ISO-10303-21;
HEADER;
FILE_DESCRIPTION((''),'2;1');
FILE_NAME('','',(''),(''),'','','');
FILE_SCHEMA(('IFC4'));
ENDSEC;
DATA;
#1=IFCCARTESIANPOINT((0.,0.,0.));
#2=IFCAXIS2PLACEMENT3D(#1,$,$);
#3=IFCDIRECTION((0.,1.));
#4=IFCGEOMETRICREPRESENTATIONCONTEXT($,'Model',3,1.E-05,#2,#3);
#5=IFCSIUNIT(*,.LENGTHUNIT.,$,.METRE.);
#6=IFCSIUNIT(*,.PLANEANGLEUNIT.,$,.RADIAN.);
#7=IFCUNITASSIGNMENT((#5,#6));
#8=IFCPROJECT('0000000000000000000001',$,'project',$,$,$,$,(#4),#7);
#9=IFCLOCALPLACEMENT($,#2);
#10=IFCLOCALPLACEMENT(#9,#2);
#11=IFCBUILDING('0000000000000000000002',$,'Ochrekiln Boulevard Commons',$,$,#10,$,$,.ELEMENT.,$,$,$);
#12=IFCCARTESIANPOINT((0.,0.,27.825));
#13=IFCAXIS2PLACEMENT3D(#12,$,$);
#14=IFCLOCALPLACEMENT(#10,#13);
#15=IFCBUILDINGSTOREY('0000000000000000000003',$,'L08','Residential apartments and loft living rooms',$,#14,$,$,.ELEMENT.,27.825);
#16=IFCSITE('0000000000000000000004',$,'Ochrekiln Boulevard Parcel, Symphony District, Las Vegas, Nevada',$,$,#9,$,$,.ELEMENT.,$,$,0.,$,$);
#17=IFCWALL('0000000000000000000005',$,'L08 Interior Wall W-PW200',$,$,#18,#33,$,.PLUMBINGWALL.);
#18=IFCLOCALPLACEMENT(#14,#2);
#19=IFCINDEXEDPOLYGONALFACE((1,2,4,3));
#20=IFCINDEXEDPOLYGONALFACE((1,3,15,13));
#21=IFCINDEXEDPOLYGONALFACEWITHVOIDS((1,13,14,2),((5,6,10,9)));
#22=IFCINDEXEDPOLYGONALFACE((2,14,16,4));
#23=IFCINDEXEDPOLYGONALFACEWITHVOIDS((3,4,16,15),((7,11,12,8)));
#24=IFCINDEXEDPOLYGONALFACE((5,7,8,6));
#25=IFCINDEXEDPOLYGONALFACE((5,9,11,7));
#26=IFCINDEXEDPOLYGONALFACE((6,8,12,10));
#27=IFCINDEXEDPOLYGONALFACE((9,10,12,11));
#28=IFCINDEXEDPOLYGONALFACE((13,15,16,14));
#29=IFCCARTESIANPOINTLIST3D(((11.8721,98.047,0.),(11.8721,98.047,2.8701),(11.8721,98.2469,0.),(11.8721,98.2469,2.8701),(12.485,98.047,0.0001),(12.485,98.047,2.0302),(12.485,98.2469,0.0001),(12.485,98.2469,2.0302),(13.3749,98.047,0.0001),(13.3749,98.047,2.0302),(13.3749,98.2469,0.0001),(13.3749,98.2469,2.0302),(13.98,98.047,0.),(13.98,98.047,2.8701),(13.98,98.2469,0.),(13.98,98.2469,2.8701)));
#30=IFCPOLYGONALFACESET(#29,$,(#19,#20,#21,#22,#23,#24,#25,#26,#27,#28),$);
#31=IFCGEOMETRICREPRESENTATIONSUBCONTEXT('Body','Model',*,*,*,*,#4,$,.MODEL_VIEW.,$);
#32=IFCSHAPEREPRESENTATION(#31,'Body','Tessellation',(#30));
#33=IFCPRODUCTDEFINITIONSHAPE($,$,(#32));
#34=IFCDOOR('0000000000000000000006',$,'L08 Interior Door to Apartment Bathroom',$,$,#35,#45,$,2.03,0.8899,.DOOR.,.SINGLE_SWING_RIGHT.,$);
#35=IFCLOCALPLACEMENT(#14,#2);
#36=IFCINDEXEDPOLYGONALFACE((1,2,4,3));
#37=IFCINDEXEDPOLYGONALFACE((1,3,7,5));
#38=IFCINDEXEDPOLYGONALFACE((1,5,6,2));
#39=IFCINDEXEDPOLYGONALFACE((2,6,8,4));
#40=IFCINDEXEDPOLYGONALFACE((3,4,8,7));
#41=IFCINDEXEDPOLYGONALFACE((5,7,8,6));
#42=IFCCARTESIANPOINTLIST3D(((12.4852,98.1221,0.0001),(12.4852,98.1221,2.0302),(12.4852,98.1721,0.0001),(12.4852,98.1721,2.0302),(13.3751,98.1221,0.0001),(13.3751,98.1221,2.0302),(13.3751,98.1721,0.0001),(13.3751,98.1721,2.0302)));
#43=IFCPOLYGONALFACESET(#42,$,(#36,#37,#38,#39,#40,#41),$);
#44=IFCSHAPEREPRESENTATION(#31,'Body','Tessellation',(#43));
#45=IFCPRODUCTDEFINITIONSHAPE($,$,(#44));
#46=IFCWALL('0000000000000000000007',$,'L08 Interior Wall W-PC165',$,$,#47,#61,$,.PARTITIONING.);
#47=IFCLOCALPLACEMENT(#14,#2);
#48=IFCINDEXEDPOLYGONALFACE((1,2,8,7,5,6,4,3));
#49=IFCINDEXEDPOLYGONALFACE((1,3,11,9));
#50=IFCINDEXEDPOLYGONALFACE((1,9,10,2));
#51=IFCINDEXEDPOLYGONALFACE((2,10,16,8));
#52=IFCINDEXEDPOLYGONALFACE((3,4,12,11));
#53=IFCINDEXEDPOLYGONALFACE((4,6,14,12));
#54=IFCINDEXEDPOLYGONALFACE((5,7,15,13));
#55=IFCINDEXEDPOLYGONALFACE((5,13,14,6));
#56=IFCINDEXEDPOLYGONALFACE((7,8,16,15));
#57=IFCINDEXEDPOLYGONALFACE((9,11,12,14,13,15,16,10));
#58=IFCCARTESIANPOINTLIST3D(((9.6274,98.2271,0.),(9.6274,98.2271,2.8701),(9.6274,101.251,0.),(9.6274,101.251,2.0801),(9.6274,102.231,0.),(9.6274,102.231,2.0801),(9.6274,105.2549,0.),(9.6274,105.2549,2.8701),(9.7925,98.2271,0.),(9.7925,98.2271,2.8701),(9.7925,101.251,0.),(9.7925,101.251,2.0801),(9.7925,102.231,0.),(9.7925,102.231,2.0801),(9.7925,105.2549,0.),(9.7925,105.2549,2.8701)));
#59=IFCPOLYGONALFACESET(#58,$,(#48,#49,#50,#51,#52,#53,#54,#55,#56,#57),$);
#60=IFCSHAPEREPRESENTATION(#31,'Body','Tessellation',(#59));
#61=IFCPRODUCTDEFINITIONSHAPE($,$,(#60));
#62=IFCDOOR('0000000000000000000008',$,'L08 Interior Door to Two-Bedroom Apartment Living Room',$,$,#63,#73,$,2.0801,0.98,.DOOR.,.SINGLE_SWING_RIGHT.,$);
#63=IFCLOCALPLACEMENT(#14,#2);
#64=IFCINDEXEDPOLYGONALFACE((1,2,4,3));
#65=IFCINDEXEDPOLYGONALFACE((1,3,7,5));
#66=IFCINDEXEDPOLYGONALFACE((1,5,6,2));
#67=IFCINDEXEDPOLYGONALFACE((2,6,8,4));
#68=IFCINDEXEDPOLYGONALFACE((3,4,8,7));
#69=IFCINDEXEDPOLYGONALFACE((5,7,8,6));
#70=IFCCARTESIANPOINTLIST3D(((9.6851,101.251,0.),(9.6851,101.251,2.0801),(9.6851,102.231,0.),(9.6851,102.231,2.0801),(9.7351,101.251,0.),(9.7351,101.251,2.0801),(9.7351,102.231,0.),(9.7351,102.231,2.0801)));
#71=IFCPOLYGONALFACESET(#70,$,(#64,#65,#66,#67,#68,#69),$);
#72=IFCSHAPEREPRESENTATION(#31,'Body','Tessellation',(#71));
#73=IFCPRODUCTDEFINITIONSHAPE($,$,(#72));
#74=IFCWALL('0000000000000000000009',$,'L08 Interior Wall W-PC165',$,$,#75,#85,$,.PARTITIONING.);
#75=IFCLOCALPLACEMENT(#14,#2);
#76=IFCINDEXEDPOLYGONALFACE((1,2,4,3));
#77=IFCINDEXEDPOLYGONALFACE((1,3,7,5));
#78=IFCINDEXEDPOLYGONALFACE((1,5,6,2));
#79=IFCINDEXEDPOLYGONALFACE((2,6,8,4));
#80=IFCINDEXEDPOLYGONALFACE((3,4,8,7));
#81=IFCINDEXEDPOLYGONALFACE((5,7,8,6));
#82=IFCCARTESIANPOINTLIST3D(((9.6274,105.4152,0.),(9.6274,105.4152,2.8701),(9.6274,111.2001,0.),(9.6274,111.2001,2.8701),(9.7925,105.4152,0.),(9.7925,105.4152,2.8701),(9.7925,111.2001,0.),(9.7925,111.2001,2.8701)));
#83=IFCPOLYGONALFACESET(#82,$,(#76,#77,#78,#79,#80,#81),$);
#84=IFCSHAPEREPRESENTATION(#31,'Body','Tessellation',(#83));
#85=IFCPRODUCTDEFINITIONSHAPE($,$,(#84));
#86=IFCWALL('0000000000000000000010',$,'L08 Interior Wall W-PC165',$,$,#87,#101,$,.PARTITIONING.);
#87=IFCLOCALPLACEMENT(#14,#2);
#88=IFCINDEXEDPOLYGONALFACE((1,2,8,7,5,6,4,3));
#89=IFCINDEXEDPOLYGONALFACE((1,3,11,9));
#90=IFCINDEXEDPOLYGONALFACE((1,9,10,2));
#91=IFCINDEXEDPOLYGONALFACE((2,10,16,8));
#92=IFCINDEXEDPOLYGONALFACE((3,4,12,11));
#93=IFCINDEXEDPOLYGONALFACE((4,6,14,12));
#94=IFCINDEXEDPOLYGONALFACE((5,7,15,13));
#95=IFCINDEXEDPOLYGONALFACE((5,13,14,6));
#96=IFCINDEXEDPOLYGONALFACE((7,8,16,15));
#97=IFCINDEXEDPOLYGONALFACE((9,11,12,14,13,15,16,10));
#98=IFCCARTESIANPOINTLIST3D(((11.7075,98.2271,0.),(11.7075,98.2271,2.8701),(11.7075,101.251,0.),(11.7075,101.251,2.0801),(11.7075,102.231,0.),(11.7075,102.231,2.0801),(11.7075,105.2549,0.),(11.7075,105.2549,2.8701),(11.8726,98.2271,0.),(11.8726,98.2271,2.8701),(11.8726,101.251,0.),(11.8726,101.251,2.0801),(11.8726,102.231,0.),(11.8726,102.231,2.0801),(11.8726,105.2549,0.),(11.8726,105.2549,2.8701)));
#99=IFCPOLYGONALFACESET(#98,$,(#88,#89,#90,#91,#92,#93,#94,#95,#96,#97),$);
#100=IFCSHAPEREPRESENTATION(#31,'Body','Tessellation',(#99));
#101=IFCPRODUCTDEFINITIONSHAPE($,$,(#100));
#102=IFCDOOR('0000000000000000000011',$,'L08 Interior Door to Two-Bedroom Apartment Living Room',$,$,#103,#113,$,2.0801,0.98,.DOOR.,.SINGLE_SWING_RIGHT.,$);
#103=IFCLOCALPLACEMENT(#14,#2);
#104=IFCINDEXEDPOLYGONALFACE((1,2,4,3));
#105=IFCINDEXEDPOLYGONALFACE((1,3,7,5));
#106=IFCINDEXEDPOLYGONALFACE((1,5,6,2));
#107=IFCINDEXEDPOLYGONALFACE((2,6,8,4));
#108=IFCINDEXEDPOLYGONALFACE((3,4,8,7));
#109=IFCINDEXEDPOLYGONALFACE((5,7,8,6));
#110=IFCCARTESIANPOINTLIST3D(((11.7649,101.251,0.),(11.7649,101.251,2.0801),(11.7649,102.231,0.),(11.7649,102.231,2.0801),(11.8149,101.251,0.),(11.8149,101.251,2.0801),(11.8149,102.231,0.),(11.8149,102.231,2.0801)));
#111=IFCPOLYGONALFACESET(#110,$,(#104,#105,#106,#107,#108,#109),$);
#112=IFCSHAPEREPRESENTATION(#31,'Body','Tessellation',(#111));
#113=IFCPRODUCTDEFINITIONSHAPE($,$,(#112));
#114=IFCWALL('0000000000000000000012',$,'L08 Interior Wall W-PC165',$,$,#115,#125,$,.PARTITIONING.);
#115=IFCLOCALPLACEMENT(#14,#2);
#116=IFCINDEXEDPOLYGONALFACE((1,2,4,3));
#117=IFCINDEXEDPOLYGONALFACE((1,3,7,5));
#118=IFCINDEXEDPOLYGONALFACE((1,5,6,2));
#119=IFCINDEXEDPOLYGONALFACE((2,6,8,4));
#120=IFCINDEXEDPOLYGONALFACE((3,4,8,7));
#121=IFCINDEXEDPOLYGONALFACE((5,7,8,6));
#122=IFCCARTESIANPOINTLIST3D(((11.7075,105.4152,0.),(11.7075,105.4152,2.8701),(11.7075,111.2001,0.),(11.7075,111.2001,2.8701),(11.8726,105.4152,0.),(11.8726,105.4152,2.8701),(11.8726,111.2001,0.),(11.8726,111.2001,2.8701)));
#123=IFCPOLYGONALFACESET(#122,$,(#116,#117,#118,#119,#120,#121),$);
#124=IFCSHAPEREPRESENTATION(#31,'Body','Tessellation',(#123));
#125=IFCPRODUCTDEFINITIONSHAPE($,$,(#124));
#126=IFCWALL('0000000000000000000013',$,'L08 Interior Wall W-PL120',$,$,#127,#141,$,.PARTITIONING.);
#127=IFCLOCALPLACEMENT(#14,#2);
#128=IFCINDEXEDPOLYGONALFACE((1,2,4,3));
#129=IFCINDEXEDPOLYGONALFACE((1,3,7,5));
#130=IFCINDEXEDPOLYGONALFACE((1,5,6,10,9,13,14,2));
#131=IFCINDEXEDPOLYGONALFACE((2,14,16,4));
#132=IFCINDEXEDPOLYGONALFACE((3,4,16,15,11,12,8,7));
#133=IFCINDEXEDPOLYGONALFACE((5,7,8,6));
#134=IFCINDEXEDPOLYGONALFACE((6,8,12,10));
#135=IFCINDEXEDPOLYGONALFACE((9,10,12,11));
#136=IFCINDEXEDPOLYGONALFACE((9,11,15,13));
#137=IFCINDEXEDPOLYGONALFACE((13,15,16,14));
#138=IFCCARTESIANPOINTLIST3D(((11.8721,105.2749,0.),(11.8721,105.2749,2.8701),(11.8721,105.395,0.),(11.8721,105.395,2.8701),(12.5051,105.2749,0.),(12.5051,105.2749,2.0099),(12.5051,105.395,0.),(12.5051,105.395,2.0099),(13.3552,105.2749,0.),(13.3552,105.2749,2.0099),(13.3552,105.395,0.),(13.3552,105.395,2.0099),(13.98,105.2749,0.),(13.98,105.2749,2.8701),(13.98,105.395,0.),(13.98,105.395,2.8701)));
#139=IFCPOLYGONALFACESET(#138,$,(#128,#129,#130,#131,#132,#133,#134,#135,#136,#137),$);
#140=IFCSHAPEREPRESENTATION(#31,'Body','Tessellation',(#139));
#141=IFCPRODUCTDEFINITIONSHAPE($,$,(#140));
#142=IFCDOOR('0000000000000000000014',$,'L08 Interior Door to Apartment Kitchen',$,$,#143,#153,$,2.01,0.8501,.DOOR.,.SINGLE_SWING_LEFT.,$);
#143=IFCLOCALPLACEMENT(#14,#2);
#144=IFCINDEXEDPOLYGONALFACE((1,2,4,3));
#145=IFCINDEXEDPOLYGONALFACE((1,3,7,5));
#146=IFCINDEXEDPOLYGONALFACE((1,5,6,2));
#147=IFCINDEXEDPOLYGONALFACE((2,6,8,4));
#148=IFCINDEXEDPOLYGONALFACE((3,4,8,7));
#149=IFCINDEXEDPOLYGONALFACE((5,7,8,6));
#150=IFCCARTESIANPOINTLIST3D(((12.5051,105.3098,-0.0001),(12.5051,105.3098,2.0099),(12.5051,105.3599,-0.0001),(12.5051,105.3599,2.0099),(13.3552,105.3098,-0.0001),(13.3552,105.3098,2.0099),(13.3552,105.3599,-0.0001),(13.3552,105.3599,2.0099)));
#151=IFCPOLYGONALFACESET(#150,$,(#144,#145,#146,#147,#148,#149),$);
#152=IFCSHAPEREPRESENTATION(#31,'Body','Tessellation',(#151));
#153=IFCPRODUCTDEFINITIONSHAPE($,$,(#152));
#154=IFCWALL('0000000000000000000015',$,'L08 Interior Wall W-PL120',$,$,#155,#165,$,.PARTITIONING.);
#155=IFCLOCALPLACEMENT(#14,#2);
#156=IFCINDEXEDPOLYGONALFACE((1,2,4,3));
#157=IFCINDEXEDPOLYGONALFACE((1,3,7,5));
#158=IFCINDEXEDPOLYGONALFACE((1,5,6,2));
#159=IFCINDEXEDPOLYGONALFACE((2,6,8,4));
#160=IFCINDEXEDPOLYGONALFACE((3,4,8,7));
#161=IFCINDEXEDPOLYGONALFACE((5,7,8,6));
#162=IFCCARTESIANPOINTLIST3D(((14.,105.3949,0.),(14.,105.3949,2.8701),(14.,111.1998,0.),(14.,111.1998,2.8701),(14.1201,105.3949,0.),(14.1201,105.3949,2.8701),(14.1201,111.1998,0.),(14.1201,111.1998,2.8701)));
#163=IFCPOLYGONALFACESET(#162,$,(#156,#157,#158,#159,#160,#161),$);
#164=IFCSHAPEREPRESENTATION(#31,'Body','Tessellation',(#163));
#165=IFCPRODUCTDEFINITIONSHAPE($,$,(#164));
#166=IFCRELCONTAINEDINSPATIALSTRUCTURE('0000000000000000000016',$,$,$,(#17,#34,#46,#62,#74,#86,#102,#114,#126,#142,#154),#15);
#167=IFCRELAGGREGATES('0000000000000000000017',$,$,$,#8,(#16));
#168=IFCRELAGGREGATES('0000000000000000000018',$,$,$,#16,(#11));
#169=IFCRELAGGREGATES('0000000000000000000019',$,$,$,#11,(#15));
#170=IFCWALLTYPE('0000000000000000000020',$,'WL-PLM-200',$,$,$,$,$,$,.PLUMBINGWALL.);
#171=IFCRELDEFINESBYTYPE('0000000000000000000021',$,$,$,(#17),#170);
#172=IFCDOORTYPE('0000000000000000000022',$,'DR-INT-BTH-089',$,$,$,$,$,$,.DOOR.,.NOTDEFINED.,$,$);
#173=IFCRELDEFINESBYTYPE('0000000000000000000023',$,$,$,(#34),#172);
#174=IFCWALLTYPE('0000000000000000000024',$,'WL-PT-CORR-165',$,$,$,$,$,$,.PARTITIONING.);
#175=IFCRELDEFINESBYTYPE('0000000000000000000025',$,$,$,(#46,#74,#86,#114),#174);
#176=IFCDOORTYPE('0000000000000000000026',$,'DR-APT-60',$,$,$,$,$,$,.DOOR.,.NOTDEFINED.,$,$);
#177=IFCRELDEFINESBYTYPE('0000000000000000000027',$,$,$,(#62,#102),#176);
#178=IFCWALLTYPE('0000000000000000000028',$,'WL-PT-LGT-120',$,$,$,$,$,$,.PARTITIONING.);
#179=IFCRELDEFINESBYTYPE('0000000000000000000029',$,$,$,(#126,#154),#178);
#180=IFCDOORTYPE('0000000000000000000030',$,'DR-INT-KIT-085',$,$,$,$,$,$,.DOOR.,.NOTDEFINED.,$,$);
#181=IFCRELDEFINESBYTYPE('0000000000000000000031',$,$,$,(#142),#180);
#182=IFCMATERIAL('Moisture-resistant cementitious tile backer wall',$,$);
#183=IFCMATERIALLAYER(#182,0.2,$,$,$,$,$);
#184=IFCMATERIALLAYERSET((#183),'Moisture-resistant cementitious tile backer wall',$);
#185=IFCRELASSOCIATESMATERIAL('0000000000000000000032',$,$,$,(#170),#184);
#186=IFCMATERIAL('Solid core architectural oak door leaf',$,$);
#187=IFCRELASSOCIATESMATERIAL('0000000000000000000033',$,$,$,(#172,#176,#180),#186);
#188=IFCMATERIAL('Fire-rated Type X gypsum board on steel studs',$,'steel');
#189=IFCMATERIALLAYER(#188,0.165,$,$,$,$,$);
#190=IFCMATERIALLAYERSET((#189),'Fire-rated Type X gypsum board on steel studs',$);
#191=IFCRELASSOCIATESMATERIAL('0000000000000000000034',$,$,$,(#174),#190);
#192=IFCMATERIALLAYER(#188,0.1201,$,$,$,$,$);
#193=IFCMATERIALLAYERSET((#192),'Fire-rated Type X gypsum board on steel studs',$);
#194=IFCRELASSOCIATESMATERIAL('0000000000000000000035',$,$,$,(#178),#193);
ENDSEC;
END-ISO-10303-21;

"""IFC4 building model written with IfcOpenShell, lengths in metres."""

from ifc_helpers import new_model, si_unit, direction, frame, frame_2d, origin, place, context, subcontext, project, spatial, rectangle, extrude, material, layer, layer_set, type_object, element, fill, save


model = new_model("IFC4")

# Units and contexts
model_context = context("Model", 3, precision=1e-05, world=origin(), true_north=direction((0.0, 1.0)))
body_context = subcontext(model_context, "Body", "Model", "MODEL_VIEW")
ifc_project = project(units=[si_unit("LENGTHUNIT", "METRE"), si_unit("PLANEANGLEUNIT", "RADIAN")], contexts=[model_context])

# Site, building, storey
site_placement = place(None, origin())
site = spatial("IfcSite", under=ifc_project, at=site_placement, Name="Ochrekiln Boulevard Parcel, Symphony District, Las Vegas, Nevada", CompositionType="ELEMENT", RefElevation=0.0)
building_placement = place(site_placement, origin())
building = spatial("IfcBuilding", under=site, at=building_placement, Name="Ochrekiln Boulevard Commons", CompositionType="ELEMENT")
storey_placement = place(building_placement, frame((0.0, 0.0, 27.825)))
storey = spatial("IfcBuildingStorey", under=building, at=storey_placement, Name="L08", Description="Residential apartments and loft living rooms", CompositionType="ELEMENT", Elevation=27.825)

# Walls, openings, doors
ifc_material_1 = material(Name="Moisture-resistant cementitious tile backer wall")
ifc_layer_1 = layer(ifc_material_1, 0.2)
ifc_layer_set_1 = layer_set([ifc_layer_1], Name="Moisture-resistant cementitious tile backer wall")
wall_type_1 = type_object("IfcWallType", Name="WL-PLM-200", PredefinedType="PLUMBINGWALL", material=ifc_layer_set_1)
wall_1_placement = place(storey_placement, frame((11.8721, 98.147, 0.0), z_axis=(0.0, 0.0, 1.0), x_axis=(1.0, 0.0, 0.0)))
wall_1 = element("IfcWall", 1, at=wall_1_placement, inside=storey, type_object=wall_type_1, Name="L08 Interior Wall W-PW200", PredefinedType="PLUMBINGWALL", context=body_context, shape_type="SweptSolid", body=[
    extrude(rectangle(XDim=2.1079, YDim=0.2, at=frame_2d((1.054, 0.0))), origin(), (0.0, 0.0, 1.0), 2.8701),
])
opening_1_placement = place(wall_1_placement, frame((0.613, 0.0, 0.0)))
opening_1 = element("IfcOpeningElement", 2, at=opening_1_placement, cuts=wall_1, PredefinedType="OPENING", context=body_context, shape_type="SweptSolid", body=[
    extrude(rectangle(XDim=0.8899, YDim=2.03, at=frame_2d((0.4448, 1.0151))), frame((0.0, 0.1099, 0.0), z_axis=(0.0, -1.0, 0.0), x_axis=(1.0, 0.0, 0.0)), (0.0, 0.0, 1.0), 0.22),
])
ifc_material_2 = material(Name="Solid core architectural oak door leaf")
door_type_1 = type_object("IfcDoorType", Name="DR-INT-BTH-089", OperationType="NOTDEFINED", PredefinedType="DOOR", material=ifc_material_2)
door_1_placement = place(opening_1_placement, frame((0.8899, 0.0, 0.0), z_axis=(0.0, 0.0, 1.0), x_axis=(-1.0, 0.0, 0.0)))
door_1 = element("IfcDoor", 3, at=door_1_placement, inside=storey, type_object=door_type_1, Name="L08 Interior Door to Apartment Bathroom", OperationType="SINGLE_SWING_RIGHT", OverallHeight=2.03, OverallWidth=0.8899, PredefinedType="DOOR", context=body_context, shape_type="SweptSolid", body=[
    extrude(rectangle(XDim=0.8899, YDim=2.03, at=frame_2d((0.4448, 1.0151))), frame((0.0, 0.0249, 0.0), z_axis=(0.0, -1.0, 0.0), x_axis=(1.0, 0.0, 0.0)), (0.0, 0.0, 1.0), 0.05),
])
fill(opening_1, door_1)
ifc_material_3 = material(Name="Fire-rated Type X gypsum board on steel studs", Category="steel")
ifc_layer_2 = layer(ifc_material_3, 0.165)
ifc_layer_set_2 = layer_set([ifc_layer_2], Name="Fire-rated Type X gypsum board on steel studs")
wall_type_2 = type_object("IfcWallType", Name="WL-PT-CORR-165", PredefinedType="PARTITIONING", material=ifc_layer_set_2)
wall_2_placement = place(storey_placement, frame((9.71, 98.2271, 0.0), z_axis=(0.0, 0.0, 1.0), x_axis=(0.0, 1.0, 0.0)))
wall_2 = element("IfcWall", 4, at=wall_2_placement, inside=storey, type_object=wall_type_2, Name="L08 Interior Wall W-PC165", PredefinedType="PARTITIONING", context=body_context, shape_type="SweptSolid", body=[
    extrude(rectangle(XDim=7.0278, YDim=0.165, at=frame_2d((3.5139, 0.0))), origin(), (0.0, 0.0, 1.0), 2.8701),
])
opening_2_placement = place(wall_2_placement, frame((3.0239, 0.0, 0.0)))
opening_2 = element("IfcOpeningElement", 5, at=opening_2_placement, cuts=wall_2, PredefinedType="OPENING", context=body_context, shape_type="SweptSolid", body=[
    extrude(rectangle(XDim=0.98, YDim=2.0801, at=frame_2d((0.49, 1.04))), frame((0.0, 0.0925, 0.0), z_axis=(0.0, -1.0, 0.0), x_axis=(1.0, 0.0, 0.0)), (0.0, 0.0, 1.0), 0.1851),
])
door_type_2 = type_object("IfcDoorType", Name="DR-APT-60", OperationType="NOTDEFINED", PredefinedType="DOOR", material=ifc_material_2)
door_2_placement = place(opening_2_placement, origin())
door_2 = element("IfcDoor", 6, at=door_2_placement, inside=storey, type_object=door_type_2, Name="L08 Interior Door to Two-Bedroom Apartment Living Room", OperationType="SINGLE_SWING_RIGHT", OverallHeight=2.0801, OverallWidth=0.98, PredefinedType="DOOR", context=body_context, shape_type="SweptSolid", body=[
    extrude(rectangle(XDim=0.98, YDim=2.0801, at=frame_2d((0.49, 1.04))), frame((0.0, 0.0249, 0.0), z_axis=(0.0, -1.0, 0.0), x_axis=(1.0, 0.0, 0.0)), (0.0, 0.0, 1.0), 0.05),
])
fill(opening_2, door_2)

# Wall
wall_3_placement = place(storey_placement, frame((9.71, 105.415, 0.0), z_axis=(0.0, 0.0, 1.0), x_axis=(0.0, 1.0, 0.0)))
element("IfcWall", 7, at=wall_3_placement, inside=storey, type_object=wall_type_2, Name="L08 Interior Wall W-PC165", PredefinedType="PARTITIONING", context=body_context, shape_type="SweptSolid", body=[
    extrude(rectangle(XDim=5.7849, YDim=0.165, at=frame_2d((2.8926, 0.0))), origin(), (0.0, 0.0, 1.0), 2.8701),
])

# Wall, opening, door
wall_4_placement = place(storey_placement, frame((11.79, 98.2271, 0.0), z_axis=(0.0, 0.0, 1.0), x_axis=(0.0, 1.0, 0.0)))
wall_4 = element("IfcWall", 8, at=wall_4_placement, inside=storey, type_object=wall_type_2, Name="L08 Interior Wall W-PC165", PredefinedType="PARTITIONING", context=body_context, shape_type="SweptSolid", body=[
    extrude(rectangle(XDim=7.0278, YDim=0.165, at=frame_2d((3.5139, 0.0))), origin(), (0.0, 0.0, 1.0), 2.8701),
])
opening_3_placement = place(wall_4_placement, frame((3.0239, 0.0, 0.0)))
opening_3 = element("IfcOpeningElement", 9, at=opening_3_placement, cuts=wall_4, PredefinedType="OPENING", context=body_context, shape_type="SweptSolid", body=[
    extrude(rectangle(XDim=0.98, YDim=2.0801, at=frame_2d((0.49, 1.04))), frame((0.0, 0.0925, 0.0), z_axis=(0.0, -1.0, 0.0), x_axis=(1.0, 0.0, 0.0)), (0.0, 0.0, 1.0), 0.1851),
])
door_3_placement = place(opening_3_placement, frame((0.98, 0.0, 0.0), z_axis=(0.0, 0.0, 1.0), x_axis=(-1.0, 0.0, 0.0)))
door_3 = element("IfcDoor", 10, at=door_3_placement, inside=storey, type_object=door_type_2, Name="L08 Interior Door to Two-Bedroom Apartment Living Room", OperationType="SINGLE_SWING_RIGHT", OverallHeight=2.0801, OverallWidth=0.98, PredefinedType="DOOR", context=body_context, shape_type="SweptSolid", body=[
    extrude(rectangle(XDim=0.98, YDim=2.0801, at=frame_2d((0.49, 1.04))), frame((0.0, 0.0249, 0.0), z_axis=(0.0, -1.0, 0.0), x_axis=(1.0, 0.0, 0.0)), (0.0, 0.0, 1.0), 0.05),
])
fill(opening_3, door_3)

# Wall
wall_5_placement = place(storey_placement, frame((11.79, 105.415, 0.0), z_axis=(0.0, 0.0, 1.0), x_axis=(0.0, 1.0, 0.0)))
element("IfcWall", 11, at=wall_5_placement, inside=storey, type_object=wall_type_2, Name="L08 Interior Wall W-PC165", PredefinedType="PARTITIONING", context=body_context, shape_type="SweptSolid", body=[
    extrude(rectangle(XDim=5.7849, YDim=0.165, at=frame_2d((2.8926, 0.0))), origin(), (0.0, 0.0, 1.0), 2.8701),
])

# Wall, opening, door
ifc_layer_3 = layer(ifc_material_3, 0.1201)
ifc_layer_set_3 = layer_set([ifc_layer_3], Name="Fire-rated Type X gypsum board on steel studs")
wall_type_3 = type_object("IfcWallType", Name="WL-PT-LGT-120", PredefinedType="PARTITIONING", material=ifc_layer_set_3)
wall_6_placement = place(storey_placement, frame((11.8721, 105.335, 0.0), z_axis=(0.0, 0.0, 1.0), x_axis=(1.0, 0.0, 0.0)))
wall_6 = element("IfcWall", 12, at=wall_6_placement, inside=storey, type_object=wall_type_3, Name="L08 Interior Wall W-PL120", PredefinedType="PARTITIONING", context=body_context, shape_type="SweptSolid", body=[
    extrude(rectangle(XDim=2.1079, YDim=0.1201, at=frame_2d((1.054, 0.0))), origin(), (0.0, 0.0, 1.0), 2.8701),
])
opening_4_placement = place(wall_6_placement, frame((0.6331, 0.0, 0.0)))
opening_4 = element("IfcOpeningElement", 13, at=opening_4_placement, cuts=wall_6, PredefinedType="OPENING", context=body_context, shape_type="SweptSolid", body=[
    extrude(rectangle(XDim=0.8501, YDim=2.01, at=frame_2d((0.425, 1.0049))), frame((0.0, 0.0701, 0.0), z_axis=(0.0, -1.0, 0.0), x_axis=(1.0, 0.0, 0.0)), (0.0, 0.0, 1.0), 0.1401),
])
door_type_3 = type_object("IfcDoorType", Name="DR-INT-KIT-085", OperationType="NOTDEFINED", PredefinedType="DOOR", material=ifc_material_2)
door_4_placement = place(opening_4_placement, origin())
door_4 = element("IfcDoor", 14, at=door_4_placement, inside=storey, type_object=door_type_3, Name="L08 Interior Door to Apartment Kitchen", OperationType="SINGLE_SWING_LEFT", OverallHeight=2.01, OverallWidth=0.8501, PredefinedType="DOOR", context=body_context, shape_type="SweptSolid", body=[
    extrude(rectangle(XDim=0.8501, YDim=2.01, at=frame_2d((0.425, 1.0049))), frame((0.0, 0.0249, 0.0), z_axis=(0.0, -1.0, 0.0), x_axis=(1.0, 0.0, 0.0)), (0.0, 0.0, 1.0), 0.05),
])
fill(opening_4, door_4)

# Wall
wall_7_placement = place(storey_placement, frame((14.0601, 105.395, 0.0), z_axis=(0.0, 0.0, 1.0), x_axis=(0.0, 1.0, 0.0)))
element("IfcWall", 15, at=wall_7_placement, inside=storey, type_object=wall_type_3, Name="L08 Interior Wall W-PL120", PredefinedType="PARTITIONING", context=body_context, shape_type="SweptSolid", body=[
    extrude(rectangle(XDim=5.8049, YDim=0.1201, at=frame_2d((2.9023, 0.0))), origin(), (0.0, 0.0, 1.0), 2.8701),
])

save(model, "model.ifc")
